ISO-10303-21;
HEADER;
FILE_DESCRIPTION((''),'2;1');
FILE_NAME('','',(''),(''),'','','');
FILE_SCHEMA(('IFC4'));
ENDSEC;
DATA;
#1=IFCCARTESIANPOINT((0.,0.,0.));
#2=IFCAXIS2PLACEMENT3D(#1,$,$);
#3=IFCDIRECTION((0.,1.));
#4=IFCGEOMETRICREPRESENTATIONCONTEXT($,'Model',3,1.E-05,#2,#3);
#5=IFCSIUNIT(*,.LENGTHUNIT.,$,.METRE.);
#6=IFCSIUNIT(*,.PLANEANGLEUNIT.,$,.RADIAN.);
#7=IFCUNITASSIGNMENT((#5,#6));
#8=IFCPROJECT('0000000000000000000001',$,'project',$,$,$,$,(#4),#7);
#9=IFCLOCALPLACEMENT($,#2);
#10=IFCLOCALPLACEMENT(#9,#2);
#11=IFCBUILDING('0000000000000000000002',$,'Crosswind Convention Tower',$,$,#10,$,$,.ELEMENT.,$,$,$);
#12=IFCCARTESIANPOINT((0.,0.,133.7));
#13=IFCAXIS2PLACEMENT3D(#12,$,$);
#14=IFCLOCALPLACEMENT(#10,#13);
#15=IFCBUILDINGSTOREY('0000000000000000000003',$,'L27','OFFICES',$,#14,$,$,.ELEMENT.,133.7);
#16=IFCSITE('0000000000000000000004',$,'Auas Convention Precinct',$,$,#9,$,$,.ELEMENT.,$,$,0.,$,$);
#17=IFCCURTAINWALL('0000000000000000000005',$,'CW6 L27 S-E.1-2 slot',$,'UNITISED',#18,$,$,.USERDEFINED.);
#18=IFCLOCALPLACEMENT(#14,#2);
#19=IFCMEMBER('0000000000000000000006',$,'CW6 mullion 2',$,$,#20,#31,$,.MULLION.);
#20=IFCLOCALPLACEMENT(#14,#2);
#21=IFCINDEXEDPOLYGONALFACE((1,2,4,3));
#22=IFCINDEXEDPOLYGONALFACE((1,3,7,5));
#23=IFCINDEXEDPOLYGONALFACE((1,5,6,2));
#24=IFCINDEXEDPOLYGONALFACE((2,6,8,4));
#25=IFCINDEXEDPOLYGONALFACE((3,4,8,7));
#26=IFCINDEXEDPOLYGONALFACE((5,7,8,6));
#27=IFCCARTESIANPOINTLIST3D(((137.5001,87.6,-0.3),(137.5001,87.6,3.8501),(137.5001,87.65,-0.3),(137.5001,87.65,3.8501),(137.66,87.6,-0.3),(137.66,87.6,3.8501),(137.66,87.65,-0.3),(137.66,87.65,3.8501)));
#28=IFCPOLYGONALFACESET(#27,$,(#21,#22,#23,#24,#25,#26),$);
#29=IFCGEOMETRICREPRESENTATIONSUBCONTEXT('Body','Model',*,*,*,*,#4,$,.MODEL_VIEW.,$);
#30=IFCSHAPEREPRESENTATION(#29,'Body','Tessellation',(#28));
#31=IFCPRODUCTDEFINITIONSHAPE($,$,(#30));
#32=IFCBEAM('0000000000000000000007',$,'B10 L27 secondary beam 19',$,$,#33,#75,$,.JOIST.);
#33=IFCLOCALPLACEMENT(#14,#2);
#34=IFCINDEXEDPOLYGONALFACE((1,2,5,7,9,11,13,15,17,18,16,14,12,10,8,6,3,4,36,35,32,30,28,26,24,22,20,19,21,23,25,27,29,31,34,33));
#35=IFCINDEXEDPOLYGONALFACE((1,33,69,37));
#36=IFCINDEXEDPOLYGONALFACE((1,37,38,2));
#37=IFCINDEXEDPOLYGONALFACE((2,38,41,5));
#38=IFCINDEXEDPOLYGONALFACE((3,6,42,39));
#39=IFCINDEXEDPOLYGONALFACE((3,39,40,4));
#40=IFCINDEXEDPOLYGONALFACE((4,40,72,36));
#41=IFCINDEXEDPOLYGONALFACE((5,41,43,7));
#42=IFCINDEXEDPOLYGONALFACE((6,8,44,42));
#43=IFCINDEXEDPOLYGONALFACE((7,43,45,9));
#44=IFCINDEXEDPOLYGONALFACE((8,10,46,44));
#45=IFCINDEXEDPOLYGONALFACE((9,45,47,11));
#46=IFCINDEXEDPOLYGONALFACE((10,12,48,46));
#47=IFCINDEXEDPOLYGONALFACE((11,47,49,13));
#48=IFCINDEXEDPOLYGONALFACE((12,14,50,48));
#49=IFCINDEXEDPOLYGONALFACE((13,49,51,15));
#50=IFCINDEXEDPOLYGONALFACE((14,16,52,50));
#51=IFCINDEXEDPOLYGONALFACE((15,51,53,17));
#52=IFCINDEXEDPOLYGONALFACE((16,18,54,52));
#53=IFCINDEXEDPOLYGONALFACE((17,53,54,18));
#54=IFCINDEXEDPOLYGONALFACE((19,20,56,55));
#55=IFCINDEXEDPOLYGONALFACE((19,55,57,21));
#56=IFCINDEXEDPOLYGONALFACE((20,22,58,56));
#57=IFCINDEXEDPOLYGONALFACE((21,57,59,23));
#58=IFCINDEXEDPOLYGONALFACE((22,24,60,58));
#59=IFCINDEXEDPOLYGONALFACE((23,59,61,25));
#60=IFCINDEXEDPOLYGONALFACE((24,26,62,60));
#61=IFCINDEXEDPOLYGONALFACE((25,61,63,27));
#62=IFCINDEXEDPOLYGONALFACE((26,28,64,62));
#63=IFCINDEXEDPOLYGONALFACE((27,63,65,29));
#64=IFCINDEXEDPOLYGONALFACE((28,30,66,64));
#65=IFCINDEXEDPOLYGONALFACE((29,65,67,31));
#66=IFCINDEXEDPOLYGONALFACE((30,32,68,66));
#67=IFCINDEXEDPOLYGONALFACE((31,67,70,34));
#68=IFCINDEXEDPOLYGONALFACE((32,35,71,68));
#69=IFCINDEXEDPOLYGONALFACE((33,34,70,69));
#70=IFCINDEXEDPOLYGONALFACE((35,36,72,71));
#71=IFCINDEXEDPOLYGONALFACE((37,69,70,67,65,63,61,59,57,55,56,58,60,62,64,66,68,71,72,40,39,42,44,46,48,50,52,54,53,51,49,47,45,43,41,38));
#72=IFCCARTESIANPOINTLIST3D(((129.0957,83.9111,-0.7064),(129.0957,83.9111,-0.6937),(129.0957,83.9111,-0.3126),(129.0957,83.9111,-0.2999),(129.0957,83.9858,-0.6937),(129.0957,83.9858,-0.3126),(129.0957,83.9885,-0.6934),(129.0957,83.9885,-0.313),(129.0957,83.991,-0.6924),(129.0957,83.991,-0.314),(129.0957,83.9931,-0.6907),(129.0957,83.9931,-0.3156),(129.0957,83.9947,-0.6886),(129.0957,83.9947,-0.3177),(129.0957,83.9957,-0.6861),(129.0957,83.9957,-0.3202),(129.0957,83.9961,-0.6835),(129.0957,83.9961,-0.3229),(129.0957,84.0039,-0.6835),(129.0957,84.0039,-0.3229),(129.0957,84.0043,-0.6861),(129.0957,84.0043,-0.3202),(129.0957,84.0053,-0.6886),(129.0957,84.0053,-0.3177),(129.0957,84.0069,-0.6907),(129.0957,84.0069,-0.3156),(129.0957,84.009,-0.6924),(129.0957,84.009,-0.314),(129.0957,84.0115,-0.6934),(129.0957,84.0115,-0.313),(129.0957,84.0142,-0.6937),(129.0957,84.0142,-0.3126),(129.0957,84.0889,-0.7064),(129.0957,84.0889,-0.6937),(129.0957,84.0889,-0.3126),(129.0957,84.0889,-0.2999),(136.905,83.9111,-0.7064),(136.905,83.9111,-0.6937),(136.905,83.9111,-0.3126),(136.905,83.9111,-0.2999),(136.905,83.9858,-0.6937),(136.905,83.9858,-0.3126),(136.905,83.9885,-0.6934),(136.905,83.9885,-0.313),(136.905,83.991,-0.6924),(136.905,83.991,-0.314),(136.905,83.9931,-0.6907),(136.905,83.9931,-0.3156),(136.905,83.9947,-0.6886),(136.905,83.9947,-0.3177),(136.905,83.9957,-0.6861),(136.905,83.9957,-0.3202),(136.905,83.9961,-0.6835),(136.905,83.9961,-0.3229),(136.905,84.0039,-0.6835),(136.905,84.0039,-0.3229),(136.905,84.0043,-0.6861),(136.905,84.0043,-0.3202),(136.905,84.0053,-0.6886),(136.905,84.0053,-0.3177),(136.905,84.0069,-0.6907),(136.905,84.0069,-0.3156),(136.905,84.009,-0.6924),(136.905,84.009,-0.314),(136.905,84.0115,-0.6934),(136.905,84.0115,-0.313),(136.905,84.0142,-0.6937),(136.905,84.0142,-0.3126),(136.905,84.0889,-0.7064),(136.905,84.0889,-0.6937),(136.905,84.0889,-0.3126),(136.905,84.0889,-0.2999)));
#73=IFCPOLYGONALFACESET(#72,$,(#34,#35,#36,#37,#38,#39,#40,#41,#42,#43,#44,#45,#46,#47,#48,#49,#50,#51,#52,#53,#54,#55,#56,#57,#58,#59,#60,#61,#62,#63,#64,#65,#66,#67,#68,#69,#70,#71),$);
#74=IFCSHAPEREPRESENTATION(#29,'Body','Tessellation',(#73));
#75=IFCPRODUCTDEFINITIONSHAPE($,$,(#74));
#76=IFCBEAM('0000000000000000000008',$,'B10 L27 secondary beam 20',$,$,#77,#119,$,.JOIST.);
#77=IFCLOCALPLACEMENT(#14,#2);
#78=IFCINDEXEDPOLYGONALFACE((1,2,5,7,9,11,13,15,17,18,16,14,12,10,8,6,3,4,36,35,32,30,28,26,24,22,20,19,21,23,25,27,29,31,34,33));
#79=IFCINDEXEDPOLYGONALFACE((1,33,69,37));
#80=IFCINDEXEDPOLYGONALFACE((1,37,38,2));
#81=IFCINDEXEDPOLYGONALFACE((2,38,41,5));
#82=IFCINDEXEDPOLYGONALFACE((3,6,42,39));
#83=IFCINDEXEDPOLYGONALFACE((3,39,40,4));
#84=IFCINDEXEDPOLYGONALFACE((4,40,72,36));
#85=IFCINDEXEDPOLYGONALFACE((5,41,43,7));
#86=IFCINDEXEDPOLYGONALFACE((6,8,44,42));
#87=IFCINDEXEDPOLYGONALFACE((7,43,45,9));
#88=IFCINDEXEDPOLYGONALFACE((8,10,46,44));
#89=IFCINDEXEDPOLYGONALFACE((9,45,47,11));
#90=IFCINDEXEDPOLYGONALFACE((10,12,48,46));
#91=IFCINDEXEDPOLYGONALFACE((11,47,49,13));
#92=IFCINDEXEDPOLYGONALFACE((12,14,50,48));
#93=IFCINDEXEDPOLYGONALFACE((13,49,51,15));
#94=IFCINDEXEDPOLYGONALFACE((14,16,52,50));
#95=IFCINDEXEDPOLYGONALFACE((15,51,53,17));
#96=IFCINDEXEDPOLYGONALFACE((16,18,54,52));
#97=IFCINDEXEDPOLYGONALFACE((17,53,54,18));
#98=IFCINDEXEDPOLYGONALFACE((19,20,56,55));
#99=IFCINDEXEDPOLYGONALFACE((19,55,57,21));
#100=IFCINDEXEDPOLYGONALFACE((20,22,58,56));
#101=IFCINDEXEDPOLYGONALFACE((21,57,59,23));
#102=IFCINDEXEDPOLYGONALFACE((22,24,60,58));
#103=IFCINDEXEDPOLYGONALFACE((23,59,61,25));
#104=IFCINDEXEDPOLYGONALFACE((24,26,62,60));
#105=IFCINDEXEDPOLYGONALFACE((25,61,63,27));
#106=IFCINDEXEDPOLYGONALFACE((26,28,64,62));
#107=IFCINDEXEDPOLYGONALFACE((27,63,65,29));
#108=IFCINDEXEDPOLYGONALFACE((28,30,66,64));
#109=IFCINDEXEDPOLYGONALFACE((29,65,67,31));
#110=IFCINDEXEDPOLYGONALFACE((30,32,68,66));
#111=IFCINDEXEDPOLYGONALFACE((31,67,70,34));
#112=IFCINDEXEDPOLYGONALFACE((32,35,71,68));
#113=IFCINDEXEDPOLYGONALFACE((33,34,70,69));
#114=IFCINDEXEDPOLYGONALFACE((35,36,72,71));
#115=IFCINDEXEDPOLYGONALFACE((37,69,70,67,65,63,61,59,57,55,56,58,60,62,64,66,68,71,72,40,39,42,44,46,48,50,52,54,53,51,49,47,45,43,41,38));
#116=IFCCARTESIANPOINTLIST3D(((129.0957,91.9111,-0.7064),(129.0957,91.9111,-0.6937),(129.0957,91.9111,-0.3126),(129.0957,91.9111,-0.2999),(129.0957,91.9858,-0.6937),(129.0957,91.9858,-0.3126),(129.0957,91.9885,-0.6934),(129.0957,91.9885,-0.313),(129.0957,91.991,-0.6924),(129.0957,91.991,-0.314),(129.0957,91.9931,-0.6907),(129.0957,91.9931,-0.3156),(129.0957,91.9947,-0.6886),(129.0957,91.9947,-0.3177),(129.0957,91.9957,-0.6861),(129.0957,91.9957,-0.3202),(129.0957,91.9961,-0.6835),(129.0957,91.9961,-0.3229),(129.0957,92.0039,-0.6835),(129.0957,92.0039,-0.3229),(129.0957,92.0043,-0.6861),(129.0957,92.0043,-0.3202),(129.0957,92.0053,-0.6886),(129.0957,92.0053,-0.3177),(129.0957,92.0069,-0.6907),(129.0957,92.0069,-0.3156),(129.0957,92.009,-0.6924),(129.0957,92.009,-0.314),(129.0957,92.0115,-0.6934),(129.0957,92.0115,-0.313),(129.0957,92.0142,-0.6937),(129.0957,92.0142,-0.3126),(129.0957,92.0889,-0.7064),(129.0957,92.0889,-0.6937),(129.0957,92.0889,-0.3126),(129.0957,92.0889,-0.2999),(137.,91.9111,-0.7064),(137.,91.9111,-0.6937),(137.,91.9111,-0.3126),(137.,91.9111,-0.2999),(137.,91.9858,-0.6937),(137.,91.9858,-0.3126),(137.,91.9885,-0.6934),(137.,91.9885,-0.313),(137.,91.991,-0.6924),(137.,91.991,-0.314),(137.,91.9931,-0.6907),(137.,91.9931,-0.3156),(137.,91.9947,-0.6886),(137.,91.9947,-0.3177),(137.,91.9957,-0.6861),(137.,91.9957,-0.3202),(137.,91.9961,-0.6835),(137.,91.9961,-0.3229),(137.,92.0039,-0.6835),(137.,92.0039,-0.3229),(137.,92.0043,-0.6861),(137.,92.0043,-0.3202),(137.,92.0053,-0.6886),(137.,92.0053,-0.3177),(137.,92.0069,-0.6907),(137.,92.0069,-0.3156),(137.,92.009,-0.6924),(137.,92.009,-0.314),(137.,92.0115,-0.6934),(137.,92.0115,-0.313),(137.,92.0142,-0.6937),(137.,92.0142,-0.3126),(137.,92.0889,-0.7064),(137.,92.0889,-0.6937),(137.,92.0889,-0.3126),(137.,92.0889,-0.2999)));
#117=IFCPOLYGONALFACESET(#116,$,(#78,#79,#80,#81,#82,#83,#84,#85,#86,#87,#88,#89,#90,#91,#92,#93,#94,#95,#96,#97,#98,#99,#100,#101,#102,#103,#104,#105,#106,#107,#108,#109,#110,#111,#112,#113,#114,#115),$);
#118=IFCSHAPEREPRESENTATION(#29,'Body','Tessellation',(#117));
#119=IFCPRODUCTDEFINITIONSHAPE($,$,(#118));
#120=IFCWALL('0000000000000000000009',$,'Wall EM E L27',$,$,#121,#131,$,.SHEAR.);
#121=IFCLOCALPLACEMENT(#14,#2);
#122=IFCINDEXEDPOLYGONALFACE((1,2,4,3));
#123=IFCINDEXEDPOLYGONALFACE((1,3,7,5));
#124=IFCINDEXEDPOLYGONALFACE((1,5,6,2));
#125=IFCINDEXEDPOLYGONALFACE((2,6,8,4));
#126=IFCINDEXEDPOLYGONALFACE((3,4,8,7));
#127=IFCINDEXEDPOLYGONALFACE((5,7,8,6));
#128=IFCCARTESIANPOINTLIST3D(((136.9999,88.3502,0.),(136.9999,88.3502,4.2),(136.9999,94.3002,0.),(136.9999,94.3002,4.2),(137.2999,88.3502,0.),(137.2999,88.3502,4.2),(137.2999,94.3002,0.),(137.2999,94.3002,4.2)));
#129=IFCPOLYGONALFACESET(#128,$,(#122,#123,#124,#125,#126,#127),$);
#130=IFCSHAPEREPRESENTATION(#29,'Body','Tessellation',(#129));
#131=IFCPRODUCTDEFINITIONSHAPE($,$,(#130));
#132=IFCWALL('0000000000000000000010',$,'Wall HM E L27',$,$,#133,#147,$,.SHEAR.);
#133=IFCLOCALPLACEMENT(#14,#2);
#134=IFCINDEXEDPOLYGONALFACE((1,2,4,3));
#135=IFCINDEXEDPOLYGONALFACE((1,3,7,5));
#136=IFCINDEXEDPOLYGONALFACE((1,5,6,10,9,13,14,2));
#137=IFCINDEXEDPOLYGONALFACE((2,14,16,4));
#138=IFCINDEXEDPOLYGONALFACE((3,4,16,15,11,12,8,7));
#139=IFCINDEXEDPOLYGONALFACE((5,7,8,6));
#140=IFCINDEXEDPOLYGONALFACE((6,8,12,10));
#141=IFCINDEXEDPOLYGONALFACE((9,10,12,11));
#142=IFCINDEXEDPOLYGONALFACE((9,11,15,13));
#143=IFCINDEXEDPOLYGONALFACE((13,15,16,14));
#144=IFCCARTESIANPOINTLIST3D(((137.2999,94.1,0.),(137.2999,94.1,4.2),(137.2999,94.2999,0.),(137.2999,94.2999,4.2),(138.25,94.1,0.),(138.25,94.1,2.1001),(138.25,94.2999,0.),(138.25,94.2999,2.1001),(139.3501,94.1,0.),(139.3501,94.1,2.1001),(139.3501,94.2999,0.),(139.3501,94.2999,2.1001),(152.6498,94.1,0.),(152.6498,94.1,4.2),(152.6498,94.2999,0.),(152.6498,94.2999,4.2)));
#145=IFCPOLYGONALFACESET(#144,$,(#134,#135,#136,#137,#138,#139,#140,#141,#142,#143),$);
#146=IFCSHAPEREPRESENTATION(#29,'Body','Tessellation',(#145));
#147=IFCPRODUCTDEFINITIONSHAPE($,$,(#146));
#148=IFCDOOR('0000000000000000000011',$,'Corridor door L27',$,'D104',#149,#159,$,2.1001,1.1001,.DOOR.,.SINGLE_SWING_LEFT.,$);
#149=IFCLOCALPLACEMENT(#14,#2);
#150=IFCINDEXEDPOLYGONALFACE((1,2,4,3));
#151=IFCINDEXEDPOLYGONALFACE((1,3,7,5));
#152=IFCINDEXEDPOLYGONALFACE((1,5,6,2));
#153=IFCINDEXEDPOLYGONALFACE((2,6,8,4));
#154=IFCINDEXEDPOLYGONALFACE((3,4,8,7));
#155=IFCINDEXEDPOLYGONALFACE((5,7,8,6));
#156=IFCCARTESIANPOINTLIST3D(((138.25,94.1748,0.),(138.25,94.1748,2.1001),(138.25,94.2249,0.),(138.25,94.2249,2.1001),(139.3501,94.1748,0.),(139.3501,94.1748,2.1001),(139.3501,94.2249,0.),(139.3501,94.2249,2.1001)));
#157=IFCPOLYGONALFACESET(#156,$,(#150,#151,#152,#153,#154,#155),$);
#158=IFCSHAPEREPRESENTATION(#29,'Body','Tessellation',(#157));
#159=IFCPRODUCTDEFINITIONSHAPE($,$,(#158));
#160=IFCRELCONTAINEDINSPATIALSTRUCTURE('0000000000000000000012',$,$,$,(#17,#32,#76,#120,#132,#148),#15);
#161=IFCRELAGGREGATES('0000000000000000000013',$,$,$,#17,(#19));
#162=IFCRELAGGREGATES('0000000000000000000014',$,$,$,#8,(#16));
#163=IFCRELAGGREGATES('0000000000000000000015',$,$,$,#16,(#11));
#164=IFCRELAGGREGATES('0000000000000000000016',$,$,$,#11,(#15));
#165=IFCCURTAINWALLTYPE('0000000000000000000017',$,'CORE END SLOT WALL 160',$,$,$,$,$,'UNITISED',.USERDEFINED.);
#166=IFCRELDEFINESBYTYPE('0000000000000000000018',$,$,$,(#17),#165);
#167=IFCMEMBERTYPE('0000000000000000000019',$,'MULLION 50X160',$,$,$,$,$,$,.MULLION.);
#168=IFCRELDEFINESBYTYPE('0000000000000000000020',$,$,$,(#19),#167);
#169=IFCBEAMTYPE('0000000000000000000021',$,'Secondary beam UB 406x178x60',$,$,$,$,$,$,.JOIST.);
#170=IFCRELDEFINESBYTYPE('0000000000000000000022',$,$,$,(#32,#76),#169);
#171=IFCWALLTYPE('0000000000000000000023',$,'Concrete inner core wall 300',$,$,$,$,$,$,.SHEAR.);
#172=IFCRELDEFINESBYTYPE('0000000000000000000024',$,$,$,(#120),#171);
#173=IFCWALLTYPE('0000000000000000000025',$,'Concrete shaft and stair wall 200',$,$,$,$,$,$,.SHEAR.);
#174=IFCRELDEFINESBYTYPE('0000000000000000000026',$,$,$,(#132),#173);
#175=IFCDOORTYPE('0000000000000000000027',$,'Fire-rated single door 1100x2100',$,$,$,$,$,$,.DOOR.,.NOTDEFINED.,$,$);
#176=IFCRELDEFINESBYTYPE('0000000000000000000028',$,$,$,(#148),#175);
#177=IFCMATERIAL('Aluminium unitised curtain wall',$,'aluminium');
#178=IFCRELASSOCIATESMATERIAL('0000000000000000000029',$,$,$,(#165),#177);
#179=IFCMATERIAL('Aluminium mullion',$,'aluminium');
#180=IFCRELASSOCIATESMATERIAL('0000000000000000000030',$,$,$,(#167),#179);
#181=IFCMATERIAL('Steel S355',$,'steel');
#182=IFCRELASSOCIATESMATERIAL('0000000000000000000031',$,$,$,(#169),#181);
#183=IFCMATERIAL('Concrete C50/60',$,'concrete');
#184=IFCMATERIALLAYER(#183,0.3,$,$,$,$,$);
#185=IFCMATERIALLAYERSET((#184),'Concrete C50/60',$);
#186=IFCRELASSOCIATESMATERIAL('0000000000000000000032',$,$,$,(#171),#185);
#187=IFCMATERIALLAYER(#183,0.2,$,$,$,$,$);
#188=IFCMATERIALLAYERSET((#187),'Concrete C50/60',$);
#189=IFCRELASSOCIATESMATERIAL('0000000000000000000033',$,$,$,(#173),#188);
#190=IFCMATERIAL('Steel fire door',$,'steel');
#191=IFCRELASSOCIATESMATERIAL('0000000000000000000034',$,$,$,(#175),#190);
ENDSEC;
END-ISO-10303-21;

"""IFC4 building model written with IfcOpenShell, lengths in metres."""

from ifc_helpers import new_model, si_unit, direction, frame, frame_2d, origin, origin_2d, place, context, subcontext, project, spatial, rectangle, i_section, extrude, material, layer, layer_set, material_profile, profile_set, type_object, element, fill, aggregate, save


model = new_model("IFC4")

# Units and contexts
model_context = context("Model", 3, precision=1e-05, world=origin(), true_north=direction((0.0, 1.0)))
body_context = subcontext(model_context, "Body", "Model", "MODEL_VIEW")
ifc_project = project(units=[si_unit("LENGTHUNIT", "METRE"), si_unit("PLANEANGLEUNIT", "RADIAN")], contexts=[model_context])

# Site, building, storey
site_placement = place(None, origin())
site = spatial("IfcSite", under=ifc_project, at=site_placement, Name="Auas Convention Precinct", CompositionType="ELEMENT", RefElevation=0.0)
building_placement = place(site_placement, origin())
building = spatial("IfcBuilding", under=site, at=building_placement, Name="Crosswind Convention Tower", CompositionType="ELEMENT")
storey_placement = place(building_placement, frame((0.0, 0.0, 133.7)))
storey = spatial("IfcBuildingStorey", under=building, at=storey_placement, Name="L27", Description="OFFICES", CompositionType="ELEMENT", Elevation=133.7)

# Shared definitions
ifc_material_1 = material(Name="Steel S355", Category="steel")

# Curtain wall, member
ifc_material_2 = material(Name="Aluminium unitised curtain wall", Category="aluminium")
curtain_wall_type = type_object("IfcCurtainWallType", Name="CORE END SLOT WALL 160", ElementType="UNITISED", PredefinedType="USERDEFINED", material=ifc_material_2)
curtain_wall_placement = place(storey_placement, origin())
curtain_wall = element("IfcCurtainWall", 1, at=curtain_wall_placement, inside=storey, type_object=curtain_wall_type, Name="CW6 L27 S-E.1-2 slot", ObjectType="UNITISED", PredefinedType="USERDEFINED")
ifc_material_3 = material(Name="Aluminium mullion", Category="aluminium")
ifc_material_profile_1 = material_profile(ifc_material_3, rectangle(XDim=0.1599, YDim=0.05, at=origin_2d()), Name="AL 160X50")
ifc_profile_set_1 = profile_set([ifc_material_profile_1], Name="Aluminium mullion")
member_type = type_object("IfcMemberType", Name="MULLION 50X160", PredefinedType="MULLION", material=ifc_profile_set_1)
member_placement = place(storey_placement, frame((137.5801, 87.625, -0.3), z_axis=(0.0, 0.0, 1.0), x_axis=(1.0, 0.0, 0.0)))
member = element("IfcMember", 2, at=member_placement, type_object=member_type, Name="CW6 mullion 2", PredefinedType="MULLION", context=body_context, shape_type="SweptSolid", body=[
    extrude(rectangle(XDim=0.1599, YDim=0.05, at=origin_2d()), origin(), (0.0, 0.0, 1.0), 4.1501),
])
aggregate(curtain_wall, [member])

# Beams
ifc_material_profile_2 = material_profile(ifc_material_1, i_section(OverallWidth=0.1777, OverallDepth=0.4065, WebThickness=0.0078, FlangeThickness=0.0127, FilletRadius=0.0103, at=origin_2d()), Name="UB 406x178x60")
ifc_profile_set_2 = profile_set([ifc_material_profile_2], Name="Steel S355")
beam_type_1 = type_object("IfcBeamType", Name="Secondary beam UB 406x178x60", PredefinedType="JOIST", material=ifc_profile_set_2)
beam_1_placement = place(storey_placement, frame((129.0957, 84.0, -0.5032), z_axis=(1.0, 0.0, 0.0), x_axis=(0.0, 1.0, 0.0)))
element("IfcBeam", 3, at=beam_1_placement, inside=storey, type_object=beam_type_1, Name="B10 L27 secondary beam 19", PredefinedType="JOIST", context=body_context, shape_type="SweptSolid", body=[
    extrude(i_section(OverallWidth=0.1777, OverallDepth=0.4065, WebThickness=0.0078, FlangeThickness=0.0127, FilletRadius=0.0103, at=origin_2d()), origin(), (0.0, 0.0, 1.0), 7.8093),
])
beam_2_placement = place(storey_placement, frame((129.0957, 92.0, -0.5032), z_axis=(1.0, 0.0, 0.0), x_axis=(0.0, 1.0, 0.0)))
element("IfcBeam", 4, at=beam_2_placement, inside=storey, type_object=beam_type_1, Name="B10 L27 secondary beam 20", PredefinedType="JOIST", context=body_context, shape_type="SweptSolid", body=[
    extrude(i_section(OverallWidth=0.1777, OverallDepth=0.4065, WebThickness=0.0078, FlangeThickness=0.0127, FilletRadius=0.0103, at=origin_2d()), origin(), (0.0, 0.0, 1.0), 7.9043),
])

# Shared definitions
ifc_material_4 = material(Name="Concrete C50/60", Category="concrete")
ifc_layer_1 = layer(ifc_material_4, 0.3)
ifc_layer_set_1 = layer_set([ifc_layer_1], Name="Concrete C50/60")
wall_type_1 = type_object("IfcWallType", Name="Concrete inner core wall 300", PredefinedType="SHEAR", material=ifc_layer_set_1)

# Wall
wall_1_placement = place(storey_placement, frame((137.1499, 88.3501, 0.0), z_axis=(0.0, 0.0, 1.0), x_axis=(0.0, 1.0, 0.0)))
element("IfcWall", 5, at=wall_1_placement, inside=storey, type_object=wall_type_1, Name="Wall EM E L27", PredefinedType="SHEAR", context=body_context, shape_type="SweptSolid", body=[
    extrude(rectangle(XDim=5.95, YDim=0.3, at=frame_2d((2.9751, 0.0))), origin(), (0.0, 0.0, 1.0), 4.2),
])

# Wall, opening, door
ifc_layer_2 = layer(ifc_material_4, 0.2)
ifc_layer_set_2 = layer_set([ifc_layer_2], Name="Concrete C50/60")
wall_type_2 = type_object("IfcWallType", Name="Concrete shaft and stair wall 200", PredefinedType="SHEAR", material=ifc_layer_set_2)
wall_2_placement = place(storey_placement, frame((137.3, 94.2, 0.0), z_axis=(0.0, 0.0, 1.0), x_axis=(1.0, 0.0, 0.0)))
wall_2 = element("IfcWall", 6, at=wall_2_placement, inside=storey, type_object=wall_type_2, Name="Wall HM E L27", PredefinedType="SHEAR", context=body_context, shape_type="SweptSolid", body=[
    extrude(rectangle(XDim=15.3499, YDim=0.2, at=frame_2d((7.6748, 0.0))), origin(), (0.0, 0.0, 1.0), 4.2),
])
opening_1_placement = place(wall_2_placement, frame((0.95, 0.0, 0.0)))
opening_1 = element("IfcOpeningElement", 7, at=opening_1_placement, cuts=wall_2, PredefinedType="OPENING", context=body_context, shape_type="SweptSolid", body=[
    extrude(rectangle(XDim=1.1001, YDim=2.1001, at=frame_2d((0.55, 1.05))), frame((0.0, 0.1099, 0.0), z_axis=(0.0, -1.0, 0.0), x_axis=(1.0, 0.0, 0.0)), (0.0, 0.0, 1.0), 0.22),
])
ifc_material_5 = material(Name="Steel fire door", Category="steel")
door_type_1 = type_object("IfcDoorType", Name="Fire-rated single door 1100x2100", OperationType="NOTDEFINED", PredefinedType="DOOR", material=ifc_material_5)
door_1_placement = place(opening_1_placement, origin())
door_1 = element("IfcDoor", 8, at=door_1_placement, inside=storey, type_object=door_type_1, Name="Corridor door L27", ObjectType="D104", OperationType="SINGLE_SWING_LEFT", OverallHeight=2.1001, OverallWidth=1.1001, PredefinedType="DOOR", context=body_context, shape_type="SweptSolid", body=[
    extrude(rectangle(XDim=1.1001, YDim=2.1001, at=frame_2d((0.55, 1.05))), frame((0.0, 0.0249, 0.0), z_axis=(0.0, -1.0, 0.0), x_axis=(1.0, 0.0, 0.0)), (0.0, 0.0, 1.0), 0.05),
])
fill(opening_1, door_1)

save(model, "model.ifc")
